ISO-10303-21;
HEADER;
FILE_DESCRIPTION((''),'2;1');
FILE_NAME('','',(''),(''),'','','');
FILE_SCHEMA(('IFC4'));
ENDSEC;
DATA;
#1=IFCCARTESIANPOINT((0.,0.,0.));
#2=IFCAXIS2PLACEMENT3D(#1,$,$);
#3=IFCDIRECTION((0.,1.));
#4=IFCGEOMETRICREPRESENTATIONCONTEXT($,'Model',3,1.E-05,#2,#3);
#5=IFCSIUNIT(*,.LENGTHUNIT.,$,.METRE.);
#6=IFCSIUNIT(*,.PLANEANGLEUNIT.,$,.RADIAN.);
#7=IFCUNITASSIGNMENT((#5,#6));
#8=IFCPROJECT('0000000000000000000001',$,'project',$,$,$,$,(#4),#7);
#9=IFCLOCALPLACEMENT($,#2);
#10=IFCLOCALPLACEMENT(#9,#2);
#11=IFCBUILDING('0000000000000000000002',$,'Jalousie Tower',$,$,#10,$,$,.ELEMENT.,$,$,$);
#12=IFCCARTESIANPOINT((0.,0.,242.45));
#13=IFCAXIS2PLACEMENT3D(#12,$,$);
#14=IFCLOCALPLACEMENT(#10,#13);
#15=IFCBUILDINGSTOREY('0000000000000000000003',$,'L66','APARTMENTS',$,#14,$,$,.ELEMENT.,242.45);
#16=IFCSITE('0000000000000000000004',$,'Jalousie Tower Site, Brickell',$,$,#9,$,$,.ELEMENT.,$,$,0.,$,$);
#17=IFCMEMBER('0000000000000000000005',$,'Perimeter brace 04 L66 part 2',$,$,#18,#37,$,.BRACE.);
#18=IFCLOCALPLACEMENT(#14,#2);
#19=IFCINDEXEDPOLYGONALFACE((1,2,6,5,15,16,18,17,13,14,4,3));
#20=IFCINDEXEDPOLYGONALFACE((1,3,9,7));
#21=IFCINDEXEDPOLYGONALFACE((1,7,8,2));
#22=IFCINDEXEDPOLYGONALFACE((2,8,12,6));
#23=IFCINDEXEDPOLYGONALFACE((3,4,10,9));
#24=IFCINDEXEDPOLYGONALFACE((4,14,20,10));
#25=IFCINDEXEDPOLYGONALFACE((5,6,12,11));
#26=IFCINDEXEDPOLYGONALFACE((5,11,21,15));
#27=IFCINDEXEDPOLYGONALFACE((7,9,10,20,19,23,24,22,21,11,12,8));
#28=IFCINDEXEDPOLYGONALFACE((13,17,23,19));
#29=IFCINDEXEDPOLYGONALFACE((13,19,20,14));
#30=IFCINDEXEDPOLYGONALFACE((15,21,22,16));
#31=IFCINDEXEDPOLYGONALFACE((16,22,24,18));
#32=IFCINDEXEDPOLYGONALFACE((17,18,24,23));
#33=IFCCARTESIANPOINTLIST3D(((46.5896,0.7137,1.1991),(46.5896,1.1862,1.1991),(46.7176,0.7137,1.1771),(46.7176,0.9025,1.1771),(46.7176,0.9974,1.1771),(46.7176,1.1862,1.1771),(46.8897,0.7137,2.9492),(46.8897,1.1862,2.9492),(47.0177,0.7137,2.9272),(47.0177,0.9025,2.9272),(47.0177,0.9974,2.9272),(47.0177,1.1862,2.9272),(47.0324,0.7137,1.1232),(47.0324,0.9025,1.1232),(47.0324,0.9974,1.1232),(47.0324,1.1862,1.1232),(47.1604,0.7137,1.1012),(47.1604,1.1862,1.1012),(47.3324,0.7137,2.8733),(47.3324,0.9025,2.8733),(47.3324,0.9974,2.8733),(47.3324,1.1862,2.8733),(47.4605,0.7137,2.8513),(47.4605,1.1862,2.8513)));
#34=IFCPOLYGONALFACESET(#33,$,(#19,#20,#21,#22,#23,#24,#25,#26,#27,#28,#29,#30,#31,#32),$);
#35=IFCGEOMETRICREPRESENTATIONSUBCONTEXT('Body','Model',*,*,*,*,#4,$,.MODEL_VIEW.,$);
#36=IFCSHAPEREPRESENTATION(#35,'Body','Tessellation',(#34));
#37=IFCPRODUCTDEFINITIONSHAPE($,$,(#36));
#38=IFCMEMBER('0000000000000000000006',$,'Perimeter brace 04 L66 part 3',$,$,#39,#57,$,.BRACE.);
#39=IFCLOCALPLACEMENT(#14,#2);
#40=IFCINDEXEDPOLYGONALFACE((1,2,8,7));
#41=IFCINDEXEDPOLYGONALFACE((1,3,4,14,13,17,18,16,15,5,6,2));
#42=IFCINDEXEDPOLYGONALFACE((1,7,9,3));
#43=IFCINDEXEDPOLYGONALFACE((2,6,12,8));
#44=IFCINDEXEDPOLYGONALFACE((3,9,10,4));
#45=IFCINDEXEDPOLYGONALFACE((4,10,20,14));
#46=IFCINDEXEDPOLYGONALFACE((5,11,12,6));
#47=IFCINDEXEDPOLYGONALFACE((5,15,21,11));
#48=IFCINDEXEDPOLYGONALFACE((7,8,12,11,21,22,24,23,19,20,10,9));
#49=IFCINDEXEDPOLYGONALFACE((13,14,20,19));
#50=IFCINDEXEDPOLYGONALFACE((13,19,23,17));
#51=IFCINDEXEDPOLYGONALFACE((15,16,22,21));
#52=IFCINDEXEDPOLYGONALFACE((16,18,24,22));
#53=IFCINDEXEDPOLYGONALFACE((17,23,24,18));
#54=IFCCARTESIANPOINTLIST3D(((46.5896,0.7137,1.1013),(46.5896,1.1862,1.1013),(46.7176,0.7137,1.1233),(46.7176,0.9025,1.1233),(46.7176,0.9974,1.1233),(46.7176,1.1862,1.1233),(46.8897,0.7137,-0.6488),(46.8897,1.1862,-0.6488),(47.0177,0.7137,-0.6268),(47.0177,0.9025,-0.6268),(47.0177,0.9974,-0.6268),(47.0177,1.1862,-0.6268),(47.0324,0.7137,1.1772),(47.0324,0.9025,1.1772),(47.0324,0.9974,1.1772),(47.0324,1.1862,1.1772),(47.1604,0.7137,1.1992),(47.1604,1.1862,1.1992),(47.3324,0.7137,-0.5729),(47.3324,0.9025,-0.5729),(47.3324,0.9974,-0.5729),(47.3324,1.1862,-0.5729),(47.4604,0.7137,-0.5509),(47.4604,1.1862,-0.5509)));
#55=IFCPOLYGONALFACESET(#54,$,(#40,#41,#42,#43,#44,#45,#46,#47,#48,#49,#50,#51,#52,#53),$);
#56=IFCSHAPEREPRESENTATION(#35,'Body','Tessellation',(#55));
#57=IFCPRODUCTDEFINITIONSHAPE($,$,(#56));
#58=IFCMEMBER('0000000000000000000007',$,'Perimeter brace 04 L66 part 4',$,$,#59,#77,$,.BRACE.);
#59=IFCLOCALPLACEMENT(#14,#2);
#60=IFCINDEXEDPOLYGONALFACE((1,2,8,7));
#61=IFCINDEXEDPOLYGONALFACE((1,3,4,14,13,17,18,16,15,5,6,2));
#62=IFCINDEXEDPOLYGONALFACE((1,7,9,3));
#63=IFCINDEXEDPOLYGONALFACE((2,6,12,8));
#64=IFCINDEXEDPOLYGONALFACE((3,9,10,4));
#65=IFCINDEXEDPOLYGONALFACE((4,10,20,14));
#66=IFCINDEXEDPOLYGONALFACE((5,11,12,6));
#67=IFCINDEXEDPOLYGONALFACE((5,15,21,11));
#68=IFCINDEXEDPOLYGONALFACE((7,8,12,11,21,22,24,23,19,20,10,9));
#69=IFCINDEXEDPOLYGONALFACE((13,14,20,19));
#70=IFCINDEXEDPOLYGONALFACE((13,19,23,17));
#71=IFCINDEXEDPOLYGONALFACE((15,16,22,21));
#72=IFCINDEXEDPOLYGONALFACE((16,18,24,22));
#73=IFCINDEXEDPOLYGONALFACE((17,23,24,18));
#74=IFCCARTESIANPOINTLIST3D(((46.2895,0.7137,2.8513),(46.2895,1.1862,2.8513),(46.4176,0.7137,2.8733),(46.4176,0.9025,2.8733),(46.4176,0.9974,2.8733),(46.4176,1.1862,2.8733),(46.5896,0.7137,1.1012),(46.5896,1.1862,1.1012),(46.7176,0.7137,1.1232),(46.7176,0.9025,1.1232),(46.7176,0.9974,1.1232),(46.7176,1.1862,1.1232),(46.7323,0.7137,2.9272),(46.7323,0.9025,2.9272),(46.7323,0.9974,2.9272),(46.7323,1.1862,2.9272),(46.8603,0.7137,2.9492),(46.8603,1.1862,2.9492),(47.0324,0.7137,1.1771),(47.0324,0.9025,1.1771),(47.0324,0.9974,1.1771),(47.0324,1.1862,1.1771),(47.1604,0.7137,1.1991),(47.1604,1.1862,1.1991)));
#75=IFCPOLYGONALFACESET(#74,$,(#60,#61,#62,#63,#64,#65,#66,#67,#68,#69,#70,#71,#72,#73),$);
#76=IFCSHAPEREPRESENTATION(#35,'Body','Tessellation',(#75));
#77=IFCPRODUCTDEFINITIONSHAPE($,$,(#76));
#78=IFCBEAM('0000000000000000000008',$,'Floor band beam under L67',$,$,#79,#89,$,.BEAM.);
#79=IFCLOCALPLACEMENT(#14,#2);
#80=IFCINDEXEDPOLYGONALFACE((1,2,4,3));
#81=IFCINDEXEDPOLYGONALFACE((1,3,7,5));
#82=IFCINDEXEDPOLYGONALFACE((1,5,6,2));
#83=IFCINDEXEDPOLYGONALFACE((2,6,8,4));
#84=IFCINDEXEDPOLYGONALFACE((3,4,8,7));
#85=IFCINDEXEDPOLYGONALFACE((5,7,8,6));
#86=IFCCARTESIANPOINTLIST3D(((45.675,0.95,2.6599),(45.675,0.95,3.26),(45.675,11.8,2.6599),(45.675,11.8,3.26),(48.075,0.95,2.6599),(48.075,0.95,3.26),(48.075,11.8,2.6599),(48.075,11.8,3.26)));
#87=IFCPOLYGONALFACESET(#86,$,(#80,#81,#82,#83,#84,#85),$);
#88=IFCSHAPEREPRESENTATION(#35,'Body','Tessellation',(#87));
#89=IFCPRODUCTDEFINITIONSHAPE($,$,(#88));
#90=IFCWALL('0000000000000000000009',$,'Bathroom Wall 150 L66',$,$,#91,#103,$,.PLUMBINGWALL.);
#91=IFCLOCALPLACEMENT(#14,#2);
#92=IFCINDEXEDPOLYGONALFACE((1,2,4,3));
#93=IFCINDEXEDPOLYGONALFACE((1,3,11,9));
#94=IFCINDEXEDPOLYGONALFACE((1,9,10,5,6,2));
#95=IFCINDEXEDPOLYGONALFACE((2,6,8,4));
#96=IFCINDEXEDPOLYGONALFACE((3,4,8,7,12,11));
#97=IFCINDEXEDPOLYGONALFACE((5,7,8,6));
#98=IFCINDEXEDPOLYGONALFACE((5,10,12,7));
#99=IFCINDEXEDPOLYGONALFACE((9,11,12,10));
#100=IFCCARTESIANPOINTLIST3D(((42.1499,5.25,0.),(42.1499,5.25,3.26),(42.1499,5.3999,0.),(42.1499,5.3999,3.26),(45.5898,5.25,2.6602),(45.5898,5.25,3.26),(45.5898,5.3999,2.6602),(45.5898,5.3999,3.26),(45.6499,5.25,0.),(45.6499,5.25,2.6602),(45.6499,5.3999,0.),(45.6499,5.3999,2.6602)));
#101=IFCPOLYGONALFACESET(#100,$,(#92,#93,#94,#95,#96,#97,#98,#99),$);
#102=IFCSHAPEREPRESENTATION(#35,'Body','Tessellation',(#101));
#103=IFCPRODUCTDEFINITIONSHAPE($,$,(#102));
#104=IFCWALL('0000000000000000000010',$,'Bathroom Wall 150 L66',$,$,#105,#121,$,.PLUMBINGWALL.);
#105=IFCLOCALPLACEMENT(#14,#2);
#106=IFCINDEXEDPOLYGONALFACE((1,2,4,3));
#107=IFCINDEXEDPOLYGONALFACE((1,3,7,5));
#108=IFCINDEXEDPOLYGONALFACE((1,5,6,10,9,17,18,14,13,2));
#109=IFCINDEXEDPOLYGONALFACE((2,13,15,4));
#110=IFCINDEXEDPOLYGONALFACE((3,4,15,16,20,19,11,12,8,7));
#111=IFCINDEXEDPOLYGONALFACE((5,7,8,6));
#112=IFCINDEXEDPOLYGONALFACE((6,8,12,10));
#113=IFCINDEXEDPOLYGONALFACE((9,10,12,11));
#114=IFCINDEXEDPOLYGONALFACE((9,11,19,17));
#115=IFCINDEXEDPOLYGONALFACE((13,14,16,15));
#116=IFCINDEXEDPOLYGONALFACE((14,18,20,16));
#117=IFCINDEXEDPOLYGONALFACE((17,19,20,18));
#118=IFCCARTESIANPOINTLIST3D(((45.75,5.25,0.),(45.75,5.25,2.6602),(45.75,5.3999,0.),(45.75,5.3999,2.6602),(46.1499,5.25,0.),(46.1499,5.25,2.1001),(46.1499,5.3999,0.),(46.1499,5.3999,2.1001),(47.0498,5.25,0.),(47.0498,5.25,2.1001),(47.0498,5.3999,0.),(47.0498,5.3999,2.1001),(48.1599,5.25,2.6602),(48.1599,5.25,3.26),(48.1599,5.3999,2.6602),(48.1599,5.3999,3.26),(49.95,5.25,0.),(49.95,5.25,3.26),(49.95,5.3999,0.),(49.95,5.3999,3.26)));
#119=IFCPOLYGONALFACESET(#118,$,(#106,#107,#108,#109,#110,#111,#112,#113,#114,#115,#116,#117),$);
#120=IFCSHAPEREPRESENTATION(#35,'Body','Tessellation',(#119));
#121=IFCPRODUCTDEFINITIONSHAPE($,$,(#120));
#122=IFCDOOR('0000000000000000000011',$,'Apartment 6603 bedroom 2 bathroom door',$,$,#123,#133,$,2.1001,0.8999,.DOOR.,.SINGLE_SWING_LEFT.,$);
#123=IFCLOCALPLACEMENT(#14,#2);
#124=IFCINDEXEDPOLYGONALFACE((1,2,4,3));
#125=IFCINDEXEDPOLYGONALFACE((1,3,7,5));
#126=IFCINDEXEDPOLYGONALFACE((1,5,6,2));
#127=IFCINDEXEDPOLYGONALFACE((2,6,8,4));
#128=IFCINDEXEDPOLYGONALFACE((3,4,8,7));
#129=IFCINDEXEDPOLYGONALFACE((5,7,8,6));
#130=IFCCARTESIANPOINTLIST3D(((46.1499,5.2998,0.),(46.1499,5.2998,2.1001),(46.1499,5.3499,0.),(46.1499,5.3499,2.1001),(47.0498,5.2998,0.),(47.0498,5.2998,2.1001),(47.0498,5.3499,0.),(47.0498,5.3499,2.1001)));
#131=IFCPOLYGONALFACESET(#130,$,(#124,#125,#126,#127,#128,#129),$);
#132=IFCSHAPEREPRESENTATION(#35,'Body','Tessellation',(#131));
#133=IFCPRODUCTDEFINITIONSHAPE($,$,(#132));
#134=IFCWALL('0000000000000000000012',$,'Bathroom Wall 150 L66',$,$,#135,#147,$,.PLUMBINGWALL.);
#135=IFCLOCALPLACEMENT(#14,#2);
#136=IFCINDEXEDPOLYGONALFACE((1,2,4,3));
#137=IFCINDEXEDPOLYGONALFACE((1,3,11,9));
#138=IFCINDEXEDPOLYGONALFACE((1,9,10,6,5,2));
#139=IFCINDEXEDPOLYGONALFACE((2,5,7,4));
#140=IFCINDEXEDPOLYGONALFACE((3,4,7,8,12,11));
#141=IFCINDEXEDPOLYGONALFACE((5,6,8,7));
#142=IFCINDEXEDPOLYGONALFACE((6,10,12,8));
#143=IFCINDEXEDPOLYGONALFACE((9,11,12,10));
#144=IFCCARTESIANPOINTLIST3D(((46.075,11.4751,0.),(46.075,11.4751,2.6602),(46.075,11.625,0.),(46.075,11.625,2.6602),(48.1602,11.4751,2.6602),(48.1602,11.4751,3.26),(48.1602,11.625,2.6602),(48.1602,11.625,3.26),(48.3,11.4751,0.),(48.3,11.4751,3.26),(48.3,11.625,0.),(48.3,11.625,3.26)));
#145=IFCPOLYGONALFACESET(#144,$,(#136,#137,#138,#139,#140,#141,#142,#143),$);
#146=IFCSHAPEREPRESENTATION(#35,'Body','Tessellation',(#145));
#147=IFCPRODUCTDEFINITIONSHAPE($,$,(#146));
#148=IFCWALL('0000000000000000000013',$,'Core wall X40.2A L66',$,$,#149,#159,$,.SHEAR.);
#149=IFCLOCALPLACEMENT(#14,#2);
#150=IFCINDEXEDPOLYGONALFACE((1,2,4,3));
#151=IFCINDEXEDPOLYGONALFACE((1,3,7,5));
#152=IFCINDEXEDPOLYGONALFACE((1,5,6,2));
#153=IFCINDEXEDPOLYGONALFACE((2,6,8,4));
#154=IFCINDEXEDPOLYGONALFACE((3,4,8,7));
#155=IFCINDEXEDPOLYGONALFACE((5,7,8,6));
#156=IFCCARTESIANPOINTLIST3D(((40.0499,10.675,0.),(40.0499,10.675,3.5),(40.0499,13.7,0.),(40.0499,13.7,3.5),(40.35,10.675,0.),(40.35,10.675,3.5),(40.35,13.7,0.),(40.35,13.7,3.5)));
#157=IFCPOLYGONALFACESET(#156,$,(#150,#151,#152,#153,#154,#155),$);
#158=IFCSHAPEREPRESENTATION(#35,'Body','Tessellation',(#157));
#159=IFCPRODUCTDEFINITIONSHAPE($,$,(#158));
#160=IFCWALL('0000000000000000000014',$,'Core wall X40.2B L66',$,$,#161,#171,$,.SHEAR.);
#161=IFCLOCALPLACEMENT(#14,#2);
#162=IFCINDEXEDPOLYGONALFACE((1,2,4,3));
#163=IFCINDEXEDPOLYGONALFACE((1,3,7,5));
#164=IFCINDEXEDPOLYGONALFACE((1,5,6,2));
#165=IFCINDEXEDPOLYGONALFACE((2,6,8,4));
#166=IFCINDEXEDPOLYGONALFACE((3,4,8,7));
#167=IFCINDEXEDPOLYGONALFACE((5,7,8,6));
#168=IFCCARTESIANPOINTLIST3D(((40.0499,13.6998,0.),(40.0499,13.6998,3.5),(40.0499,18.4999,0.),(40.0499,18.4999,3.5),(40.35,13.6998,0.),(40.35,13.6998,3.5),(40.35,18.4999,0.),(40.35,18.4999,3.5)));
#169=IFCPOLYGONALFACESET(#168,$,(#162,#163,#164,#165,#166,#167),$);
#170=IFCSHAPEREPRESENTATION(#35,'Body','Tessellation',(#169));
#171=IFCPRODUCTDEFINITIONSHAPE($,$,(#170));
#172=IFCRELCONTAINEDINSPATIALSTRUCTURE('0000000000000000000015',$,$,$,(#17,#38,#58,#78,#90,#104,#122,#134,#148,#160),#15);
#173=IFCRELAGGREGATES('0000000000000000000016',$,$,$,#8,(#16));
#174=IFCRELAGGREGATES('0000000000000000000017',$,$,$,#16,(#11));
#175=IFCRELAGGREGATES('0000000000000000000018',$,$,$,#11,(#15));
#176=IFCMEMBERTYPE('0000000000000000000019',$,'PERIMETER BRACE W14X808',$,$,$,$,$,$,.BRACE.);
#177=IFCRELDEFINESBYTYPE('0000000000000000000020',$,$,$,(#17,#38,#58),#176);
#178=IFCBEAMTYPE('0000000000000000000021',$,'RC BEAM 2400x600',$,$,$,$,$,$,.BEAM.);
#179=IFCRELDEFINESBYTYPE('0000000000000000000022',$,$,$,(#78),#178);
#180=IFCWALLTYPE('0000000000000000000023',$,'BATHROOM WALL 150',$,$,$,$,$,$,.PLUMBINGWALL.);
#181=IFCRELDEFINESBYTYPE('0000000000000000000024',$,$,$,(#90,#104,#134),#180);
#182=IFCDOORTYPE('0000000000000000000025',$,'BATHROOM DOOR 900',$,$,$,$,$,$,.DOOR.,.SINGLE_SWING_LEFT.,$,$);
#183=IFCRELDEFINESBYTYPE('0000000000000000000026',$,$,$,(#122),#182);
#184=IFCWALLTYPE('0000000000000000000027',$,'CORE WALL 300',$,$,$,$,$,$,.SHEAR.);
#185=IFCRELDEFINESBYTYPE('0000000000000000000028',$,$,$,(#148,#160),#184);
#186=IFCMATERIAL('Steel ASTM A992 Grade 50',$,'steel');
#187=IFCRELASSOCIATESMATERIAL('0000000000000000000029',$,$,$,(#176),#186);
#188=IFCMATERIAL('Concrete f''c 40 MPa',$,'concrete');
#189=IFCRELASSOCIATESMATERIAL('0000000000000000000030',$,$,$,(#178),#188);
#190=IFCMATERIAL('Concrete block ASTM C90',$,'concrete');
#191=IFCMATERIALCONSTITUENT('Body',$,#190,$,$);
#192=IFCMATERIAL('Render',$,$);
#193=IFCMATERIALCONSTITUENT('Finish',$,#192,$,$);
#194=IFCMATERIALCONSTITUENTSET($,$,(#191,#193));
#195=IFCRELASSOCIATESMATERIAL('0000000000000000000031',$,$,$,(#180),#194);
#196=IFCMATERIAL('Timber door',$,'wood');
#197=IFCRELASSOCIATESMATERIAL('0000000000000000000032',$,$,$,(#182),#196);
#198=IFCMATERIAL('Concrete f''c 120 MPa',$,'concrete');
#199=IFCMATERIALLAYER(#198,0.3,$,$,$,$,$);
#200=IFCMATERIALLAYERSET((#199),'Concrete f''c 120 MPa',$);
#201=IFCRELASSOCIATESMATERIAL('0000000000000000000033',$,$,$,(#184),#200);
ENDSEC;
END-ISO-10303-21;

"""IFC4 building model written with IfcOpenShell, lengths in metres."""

from ifc_helpers import new_model, si_unit, direction, frame, frame_2d, origin, origin_2d, place, context, subcontext, project, spatial, polyline, rectangle, i_section, outline, extrude, material, layer, layer_set, constituent, constituent_set, material_profile, profile_set, type_object, element, fill, save


model = new_model("IFC4")

# Units and contexts
model_context = context("Model", 3, precision=1e-05, world=origin(), true_north=direction((0.0, 1.0)))
body_context = subcontext(model_context, "Body", "Model", "MODEL_VIEW")
ifc_project = project(units=[si_unit("LENGTHUNIT", "METRE"), si_unit("PLANEANGLEUNIT", "RADIAN")], contexts=[model_context])

# Site, building, storey
site_placement = place(None, origin())
site = spatial("IfcSite", under=ifc_project, at=site_placement, Name="Jalousie Tower Site, Brickell", CompositionType="ELEMENT", RefElevation=0.0)
building_placement = place(site_placement, origin())
building = spatial("IfcBuilding", under=site, at=building_placement, Name="Jalousie Tower", CompositionType="ELEMENT")
storey_placement = place(building_placement, frame((0.0, 0.0, 242.45)))
storey = spatial("IfcBuildingStorey", under=building, at=storey_placement, Name="L66", Description="APARTMENTS", CompositionType="ELEMENT", Elevation=242.45)

# Members
ifc_material_1 = material(Name="Steel ASTM A992 Grade 50", Category="steel")
ifc_material_profile_1 = material_profile(ifc_material_1, i_section(OverallWidth=0.4724, OverallDepth=0.5791, WebThickness=0.095, FlangeThickness=0.1299, at=origin_2d()), Name="W14X808")
ifc_profile_set_1 = profile_set([ifc_material_profile_1], Name="Steel ASTM A992 Grade 50")
member_type = type_object("IfcMemberType", Name="PERIMETER BRACE W14X808", PredefinedType="BRACE", material=ifc_profile_set_1)
for number, where, z_axis, x_axis, name in (
    (1, (46.875, 0.95, 1.1501), (0.168991, 0.0, 0.985618), (0.0, 1.0, 0.0), "Perimeter brace 04 L66 part 2"),
    (2, (47.175, 0.95, -0.5999), (-0.168991, 0.0, 0.985618), (0.0, -1.0, 0.0), "Perimeter brace 04 L66 part 3"),
    (3, (46.875, 0.95, 1.1501), (-0.168991, 0.0, 0.985618), (0.0, -1.0, 0.0), "Perimeter brace 04 L66 part 4"),
):
    element("IfcMember", number, at=place(storey_placement, frame(where, z_axis=z_axis, x_axis=x_axis)), inside=storey, type_object=member_type, Name=name, PredefinedType="BRACE", context=body_context, shape_type="SweptSolid", body=[
        extrude(i_section(OverallWidth=0.4724, OverallDepth=0.5791, WebThickness=0.095, FlangeThickness=0.1299, at=origin_2d()), origin(), (0.0, 0.0, 1.0), 1.7756),
    ])

# Beam
ifc_material_2 = material(Name="Concrete f'c 40 MPa", Category="concrete")
ifc_material_profile_2 = material_profile(ifc_material_2, rectangle(XDim=2.3999, YDim=0.6001, at=origin_2d()), Name="RC 2400x600")
ifc_profile_set_2 = profile_set([ifc_material_profile_2], Name="Concrete f'c 40 MPa")
beam_type = type_object("IfcBeamType", Name="RC BEAM 2400x600", PredefinedType="BEAM", material=ifc_profile_set_2)
beam_placement = place(storey_placement, frame((46.875, 0.95, 2.96), z_axis=(0.0, 1.0, 0.0), x_axis=(-1.0, 0.0, 0.0)))
element("IfcBeam", 4, at=beam_placement, inside=storey, type_object=beam_type, Name="Floor band beam under L67", PredefinedType="BEAM", context=body_context, shape_type="SweptSolid", body=[
    extrude(rectangle(XDim=2.3999, YDim=0.6001, at=origin_2d()), origin(), (0.0, 0.0, 1.0), 10.8501),
])

# Wall
ifc_material_3 = material(Name="Concrete block ASTM C90", Category="concrete")
ifc_constituent_1 = constituent(ifc_material_3, Name="Body")
ifc_material_4 = material(Name="Render")
ifc_constituent_2 = constituent(ifc_material_4, Name="Finish")
ifc_constituent_set_1 = constituent_set(constituents=[ifc_constituent_1, ifc_constituent_2])
wall_type_1 = type_object("IfcWallType", Name="BATHROOM WALL 150", PredefinedType="PLUMBINGWALL", material=ifc_constituent_set_1)
wall_1_placement = place(storey_placement, frame((42.1499, 5.325, 0.0), z_axis=(0.0, 0.0, 1.0), x_axis=(1.0, 0.0, 0.0)))
element("IfcWall", 5, at=wall_1_placement, inside=storey, type_object=wall_type_1, Name="Bathroom Wall 150 L66", PredefinedType="PLUMBINGWALL", context=body_context, shape_type="SweptSolid", body=[
    extrude(outline(polyline([(0.0, 0.0), (3.5, 0.0), (3.5, 3.26), (3.5, 2.6602), (3.4399, 2.6602), (3.4399, 3.26), (0.0, 3.26), (0.0, 0.0)])), frame((0.0, 0.075, 0.0), z_axis=(0.0, -1.0, 0.0), x_axis=(1.0, 0.0, 0.0)), (0.0, 0.0, 1.0), 0.1499),
])

# Wall, opening, door
wall_2_placement = place(storey_placement, frame((45.75, 5.325, 0.0), z_axis=(0.0, 0.0, 1.0), x_axis=(1.0, 0.0, 0.0)))
wall_2 = element("IfcWall", 6, at=wall_2_placement, inside=storey, type_object=wall_type_1, Name="Bathroom Wall 150 L66", PredefinedType="PLUMBINGWALL", context=body_context, shape_type="SweptSolid", body=[
    extrude(outline(polyline([(0.0, 0.0), (4.2, 0.0), (4.2, 3.26), (2.4099, 3.26), (2.4099, 2.6602), (0.0, 2.6602), (0.0, 3.26), (0.0, 0.0)])), frame((0.0, 0.075, 0.0), z_axis=(0.0, -1.0, 0.0), x_axis=(1.0, 0.0, 0.0)), (0.0, 0.0, 1.0), 0.1499),
])
opening_1_placement = place(wall_2_placement, frame((0.3999, 0.0, 0.0)))
opening_1 = element("IfcOpeningElement", 7, at=opening_1_placement, cuts=wall_2, PredefinedType="OPENING", context=body_context, shape_type="SweptSolid", body=[
    extrude(rectangle(XDim=0.8999, YDim=2.1001, at=frame_2d((0.45, 1.05))), frame((0.0, 0.085, 0.0), z_axis=(0.0, -1.0, 0.0), x_axis=(1.0, 0.0, 0.0)), (0.0, 0.0, 1.0), 0.1699),
])
ifc_material_5 = material(Name="Timber door", Category="wood")
door_type_1 = type_object("IfcDoorType", Name="BATHROOM DOOR 900", OperationType="SINGLE_SWING_LEFT", PredefinedType="DOOR", material=ifc_material_5)
door_1_placement = place(opening_1_placement, origin())
door_1 = element("IfcDoor", 8, at=door_1_placement, inside=storey, type_object=door_type_1, Name="Apartment 6603 bedroom 2 bathroom door", OperationType="SINGLE_SWING_LEFT", OverallHeight=2.1001, OverallWidth=0.8999, PredefinedType="DOOR", context=body_context, shape_type="SweptSolid", body=[
    extrude(rectangle(XDim=0.8999, YDim=2.1001, at=frame_2d((0.45, 1.05))), frame((0.0, 0.0249, 0.0), z_axis=(0.0, -1.0, 0.0), x_axis=(1.0, 0.0, 0.0)), (0.0, 0.0, 1.0), 0.05),
])
fill(opening_1, door_1)

# Walls
wall_3_placement = place(storey_placement, frame((48.3, 11.55, 0.0), z_axis=(0.0, 0.0, 1.0), x_axis=(-1.0, 0.0, 0.0)))
element("IfcWall", 9, at=wall_3_placement, inside=storey, type_object=wall_type_1, Name="Bathroom Wall 150 L66", PredefinedType="PLUMBINGWALL", context=body_context, shape_type="SweptSolid", body=[
    extrude(outline(polyline([(0.0, 0.0), (2.2251, 0.0), (2.2251, 3.26), (2.2251, 2.6602), (0.1399, 2.6602), (0.1399, 3.26), (0.0, 3.26), (0.0, 0.0)])), frame((0.0, 0.075, 0.0), z_axis=(0.0, -1.0, 0.0), x_axis=(1.0, 0.0, 0.0)), (0.0, 0.0, 1.0), 0.1499),
])
ifc_material_6 = material(Name="Concrete f'c 120 MPa", Category="concrete")
ifc_layer_1 = layer(ifc_material_6, 0.3)
ifc_layer_set_1 = layer_set([ifc_layer_1], Name="Concrete f'c 120 MPa")
wall_type_2 = type_object("IfcWallType", Name="CORE WALL 300", PredefinedType="SHEAR", material=ifc_layer_set_1)
wall_4_placement = place(storey_placement, frame((40.2, 10.675, 0.0), z_axis=(0.0, 0.0, 1.0), x_axis=(0.0, 1.0, 0.0)))
element("IfcWall", 10, at=wall_4_placement, inside=storey, type_object=wall_type_2, Name="Core wall X40.2A L66", PredefinedType="SHEAR", context=body_context, shape_type="SweptSolid", body=[
    extrude(rectangle(XDim=3.0249, YDim=0.3, at=frame_2d((1.5125, 0.0))), origin(), (0.0, 0.0, 1.0), 3.5),
])
wall_5_placement = place(storey_placement, frame((40.2, 13.7, 0.0), z_axis=(0.0, 0.0, 1.0), x_axis=(0.0, 1.0, 0.0)))
element("IfcWall", 11, at=wall_5_placement, inside=storey, type_object=wall_type_2, Name="Core wall X40.2B L66", PredefinedType="SHEAR", context=body_context, shape_type="SweptSolid", body=[
    extrude(rectangle(XDim=4.8, YDim=0.3, at=frame_2d((2.3999, 0.0))), origin(), (0.0, 0.0, 1.0), 3.5),
])

save(model, "model.ifc")
